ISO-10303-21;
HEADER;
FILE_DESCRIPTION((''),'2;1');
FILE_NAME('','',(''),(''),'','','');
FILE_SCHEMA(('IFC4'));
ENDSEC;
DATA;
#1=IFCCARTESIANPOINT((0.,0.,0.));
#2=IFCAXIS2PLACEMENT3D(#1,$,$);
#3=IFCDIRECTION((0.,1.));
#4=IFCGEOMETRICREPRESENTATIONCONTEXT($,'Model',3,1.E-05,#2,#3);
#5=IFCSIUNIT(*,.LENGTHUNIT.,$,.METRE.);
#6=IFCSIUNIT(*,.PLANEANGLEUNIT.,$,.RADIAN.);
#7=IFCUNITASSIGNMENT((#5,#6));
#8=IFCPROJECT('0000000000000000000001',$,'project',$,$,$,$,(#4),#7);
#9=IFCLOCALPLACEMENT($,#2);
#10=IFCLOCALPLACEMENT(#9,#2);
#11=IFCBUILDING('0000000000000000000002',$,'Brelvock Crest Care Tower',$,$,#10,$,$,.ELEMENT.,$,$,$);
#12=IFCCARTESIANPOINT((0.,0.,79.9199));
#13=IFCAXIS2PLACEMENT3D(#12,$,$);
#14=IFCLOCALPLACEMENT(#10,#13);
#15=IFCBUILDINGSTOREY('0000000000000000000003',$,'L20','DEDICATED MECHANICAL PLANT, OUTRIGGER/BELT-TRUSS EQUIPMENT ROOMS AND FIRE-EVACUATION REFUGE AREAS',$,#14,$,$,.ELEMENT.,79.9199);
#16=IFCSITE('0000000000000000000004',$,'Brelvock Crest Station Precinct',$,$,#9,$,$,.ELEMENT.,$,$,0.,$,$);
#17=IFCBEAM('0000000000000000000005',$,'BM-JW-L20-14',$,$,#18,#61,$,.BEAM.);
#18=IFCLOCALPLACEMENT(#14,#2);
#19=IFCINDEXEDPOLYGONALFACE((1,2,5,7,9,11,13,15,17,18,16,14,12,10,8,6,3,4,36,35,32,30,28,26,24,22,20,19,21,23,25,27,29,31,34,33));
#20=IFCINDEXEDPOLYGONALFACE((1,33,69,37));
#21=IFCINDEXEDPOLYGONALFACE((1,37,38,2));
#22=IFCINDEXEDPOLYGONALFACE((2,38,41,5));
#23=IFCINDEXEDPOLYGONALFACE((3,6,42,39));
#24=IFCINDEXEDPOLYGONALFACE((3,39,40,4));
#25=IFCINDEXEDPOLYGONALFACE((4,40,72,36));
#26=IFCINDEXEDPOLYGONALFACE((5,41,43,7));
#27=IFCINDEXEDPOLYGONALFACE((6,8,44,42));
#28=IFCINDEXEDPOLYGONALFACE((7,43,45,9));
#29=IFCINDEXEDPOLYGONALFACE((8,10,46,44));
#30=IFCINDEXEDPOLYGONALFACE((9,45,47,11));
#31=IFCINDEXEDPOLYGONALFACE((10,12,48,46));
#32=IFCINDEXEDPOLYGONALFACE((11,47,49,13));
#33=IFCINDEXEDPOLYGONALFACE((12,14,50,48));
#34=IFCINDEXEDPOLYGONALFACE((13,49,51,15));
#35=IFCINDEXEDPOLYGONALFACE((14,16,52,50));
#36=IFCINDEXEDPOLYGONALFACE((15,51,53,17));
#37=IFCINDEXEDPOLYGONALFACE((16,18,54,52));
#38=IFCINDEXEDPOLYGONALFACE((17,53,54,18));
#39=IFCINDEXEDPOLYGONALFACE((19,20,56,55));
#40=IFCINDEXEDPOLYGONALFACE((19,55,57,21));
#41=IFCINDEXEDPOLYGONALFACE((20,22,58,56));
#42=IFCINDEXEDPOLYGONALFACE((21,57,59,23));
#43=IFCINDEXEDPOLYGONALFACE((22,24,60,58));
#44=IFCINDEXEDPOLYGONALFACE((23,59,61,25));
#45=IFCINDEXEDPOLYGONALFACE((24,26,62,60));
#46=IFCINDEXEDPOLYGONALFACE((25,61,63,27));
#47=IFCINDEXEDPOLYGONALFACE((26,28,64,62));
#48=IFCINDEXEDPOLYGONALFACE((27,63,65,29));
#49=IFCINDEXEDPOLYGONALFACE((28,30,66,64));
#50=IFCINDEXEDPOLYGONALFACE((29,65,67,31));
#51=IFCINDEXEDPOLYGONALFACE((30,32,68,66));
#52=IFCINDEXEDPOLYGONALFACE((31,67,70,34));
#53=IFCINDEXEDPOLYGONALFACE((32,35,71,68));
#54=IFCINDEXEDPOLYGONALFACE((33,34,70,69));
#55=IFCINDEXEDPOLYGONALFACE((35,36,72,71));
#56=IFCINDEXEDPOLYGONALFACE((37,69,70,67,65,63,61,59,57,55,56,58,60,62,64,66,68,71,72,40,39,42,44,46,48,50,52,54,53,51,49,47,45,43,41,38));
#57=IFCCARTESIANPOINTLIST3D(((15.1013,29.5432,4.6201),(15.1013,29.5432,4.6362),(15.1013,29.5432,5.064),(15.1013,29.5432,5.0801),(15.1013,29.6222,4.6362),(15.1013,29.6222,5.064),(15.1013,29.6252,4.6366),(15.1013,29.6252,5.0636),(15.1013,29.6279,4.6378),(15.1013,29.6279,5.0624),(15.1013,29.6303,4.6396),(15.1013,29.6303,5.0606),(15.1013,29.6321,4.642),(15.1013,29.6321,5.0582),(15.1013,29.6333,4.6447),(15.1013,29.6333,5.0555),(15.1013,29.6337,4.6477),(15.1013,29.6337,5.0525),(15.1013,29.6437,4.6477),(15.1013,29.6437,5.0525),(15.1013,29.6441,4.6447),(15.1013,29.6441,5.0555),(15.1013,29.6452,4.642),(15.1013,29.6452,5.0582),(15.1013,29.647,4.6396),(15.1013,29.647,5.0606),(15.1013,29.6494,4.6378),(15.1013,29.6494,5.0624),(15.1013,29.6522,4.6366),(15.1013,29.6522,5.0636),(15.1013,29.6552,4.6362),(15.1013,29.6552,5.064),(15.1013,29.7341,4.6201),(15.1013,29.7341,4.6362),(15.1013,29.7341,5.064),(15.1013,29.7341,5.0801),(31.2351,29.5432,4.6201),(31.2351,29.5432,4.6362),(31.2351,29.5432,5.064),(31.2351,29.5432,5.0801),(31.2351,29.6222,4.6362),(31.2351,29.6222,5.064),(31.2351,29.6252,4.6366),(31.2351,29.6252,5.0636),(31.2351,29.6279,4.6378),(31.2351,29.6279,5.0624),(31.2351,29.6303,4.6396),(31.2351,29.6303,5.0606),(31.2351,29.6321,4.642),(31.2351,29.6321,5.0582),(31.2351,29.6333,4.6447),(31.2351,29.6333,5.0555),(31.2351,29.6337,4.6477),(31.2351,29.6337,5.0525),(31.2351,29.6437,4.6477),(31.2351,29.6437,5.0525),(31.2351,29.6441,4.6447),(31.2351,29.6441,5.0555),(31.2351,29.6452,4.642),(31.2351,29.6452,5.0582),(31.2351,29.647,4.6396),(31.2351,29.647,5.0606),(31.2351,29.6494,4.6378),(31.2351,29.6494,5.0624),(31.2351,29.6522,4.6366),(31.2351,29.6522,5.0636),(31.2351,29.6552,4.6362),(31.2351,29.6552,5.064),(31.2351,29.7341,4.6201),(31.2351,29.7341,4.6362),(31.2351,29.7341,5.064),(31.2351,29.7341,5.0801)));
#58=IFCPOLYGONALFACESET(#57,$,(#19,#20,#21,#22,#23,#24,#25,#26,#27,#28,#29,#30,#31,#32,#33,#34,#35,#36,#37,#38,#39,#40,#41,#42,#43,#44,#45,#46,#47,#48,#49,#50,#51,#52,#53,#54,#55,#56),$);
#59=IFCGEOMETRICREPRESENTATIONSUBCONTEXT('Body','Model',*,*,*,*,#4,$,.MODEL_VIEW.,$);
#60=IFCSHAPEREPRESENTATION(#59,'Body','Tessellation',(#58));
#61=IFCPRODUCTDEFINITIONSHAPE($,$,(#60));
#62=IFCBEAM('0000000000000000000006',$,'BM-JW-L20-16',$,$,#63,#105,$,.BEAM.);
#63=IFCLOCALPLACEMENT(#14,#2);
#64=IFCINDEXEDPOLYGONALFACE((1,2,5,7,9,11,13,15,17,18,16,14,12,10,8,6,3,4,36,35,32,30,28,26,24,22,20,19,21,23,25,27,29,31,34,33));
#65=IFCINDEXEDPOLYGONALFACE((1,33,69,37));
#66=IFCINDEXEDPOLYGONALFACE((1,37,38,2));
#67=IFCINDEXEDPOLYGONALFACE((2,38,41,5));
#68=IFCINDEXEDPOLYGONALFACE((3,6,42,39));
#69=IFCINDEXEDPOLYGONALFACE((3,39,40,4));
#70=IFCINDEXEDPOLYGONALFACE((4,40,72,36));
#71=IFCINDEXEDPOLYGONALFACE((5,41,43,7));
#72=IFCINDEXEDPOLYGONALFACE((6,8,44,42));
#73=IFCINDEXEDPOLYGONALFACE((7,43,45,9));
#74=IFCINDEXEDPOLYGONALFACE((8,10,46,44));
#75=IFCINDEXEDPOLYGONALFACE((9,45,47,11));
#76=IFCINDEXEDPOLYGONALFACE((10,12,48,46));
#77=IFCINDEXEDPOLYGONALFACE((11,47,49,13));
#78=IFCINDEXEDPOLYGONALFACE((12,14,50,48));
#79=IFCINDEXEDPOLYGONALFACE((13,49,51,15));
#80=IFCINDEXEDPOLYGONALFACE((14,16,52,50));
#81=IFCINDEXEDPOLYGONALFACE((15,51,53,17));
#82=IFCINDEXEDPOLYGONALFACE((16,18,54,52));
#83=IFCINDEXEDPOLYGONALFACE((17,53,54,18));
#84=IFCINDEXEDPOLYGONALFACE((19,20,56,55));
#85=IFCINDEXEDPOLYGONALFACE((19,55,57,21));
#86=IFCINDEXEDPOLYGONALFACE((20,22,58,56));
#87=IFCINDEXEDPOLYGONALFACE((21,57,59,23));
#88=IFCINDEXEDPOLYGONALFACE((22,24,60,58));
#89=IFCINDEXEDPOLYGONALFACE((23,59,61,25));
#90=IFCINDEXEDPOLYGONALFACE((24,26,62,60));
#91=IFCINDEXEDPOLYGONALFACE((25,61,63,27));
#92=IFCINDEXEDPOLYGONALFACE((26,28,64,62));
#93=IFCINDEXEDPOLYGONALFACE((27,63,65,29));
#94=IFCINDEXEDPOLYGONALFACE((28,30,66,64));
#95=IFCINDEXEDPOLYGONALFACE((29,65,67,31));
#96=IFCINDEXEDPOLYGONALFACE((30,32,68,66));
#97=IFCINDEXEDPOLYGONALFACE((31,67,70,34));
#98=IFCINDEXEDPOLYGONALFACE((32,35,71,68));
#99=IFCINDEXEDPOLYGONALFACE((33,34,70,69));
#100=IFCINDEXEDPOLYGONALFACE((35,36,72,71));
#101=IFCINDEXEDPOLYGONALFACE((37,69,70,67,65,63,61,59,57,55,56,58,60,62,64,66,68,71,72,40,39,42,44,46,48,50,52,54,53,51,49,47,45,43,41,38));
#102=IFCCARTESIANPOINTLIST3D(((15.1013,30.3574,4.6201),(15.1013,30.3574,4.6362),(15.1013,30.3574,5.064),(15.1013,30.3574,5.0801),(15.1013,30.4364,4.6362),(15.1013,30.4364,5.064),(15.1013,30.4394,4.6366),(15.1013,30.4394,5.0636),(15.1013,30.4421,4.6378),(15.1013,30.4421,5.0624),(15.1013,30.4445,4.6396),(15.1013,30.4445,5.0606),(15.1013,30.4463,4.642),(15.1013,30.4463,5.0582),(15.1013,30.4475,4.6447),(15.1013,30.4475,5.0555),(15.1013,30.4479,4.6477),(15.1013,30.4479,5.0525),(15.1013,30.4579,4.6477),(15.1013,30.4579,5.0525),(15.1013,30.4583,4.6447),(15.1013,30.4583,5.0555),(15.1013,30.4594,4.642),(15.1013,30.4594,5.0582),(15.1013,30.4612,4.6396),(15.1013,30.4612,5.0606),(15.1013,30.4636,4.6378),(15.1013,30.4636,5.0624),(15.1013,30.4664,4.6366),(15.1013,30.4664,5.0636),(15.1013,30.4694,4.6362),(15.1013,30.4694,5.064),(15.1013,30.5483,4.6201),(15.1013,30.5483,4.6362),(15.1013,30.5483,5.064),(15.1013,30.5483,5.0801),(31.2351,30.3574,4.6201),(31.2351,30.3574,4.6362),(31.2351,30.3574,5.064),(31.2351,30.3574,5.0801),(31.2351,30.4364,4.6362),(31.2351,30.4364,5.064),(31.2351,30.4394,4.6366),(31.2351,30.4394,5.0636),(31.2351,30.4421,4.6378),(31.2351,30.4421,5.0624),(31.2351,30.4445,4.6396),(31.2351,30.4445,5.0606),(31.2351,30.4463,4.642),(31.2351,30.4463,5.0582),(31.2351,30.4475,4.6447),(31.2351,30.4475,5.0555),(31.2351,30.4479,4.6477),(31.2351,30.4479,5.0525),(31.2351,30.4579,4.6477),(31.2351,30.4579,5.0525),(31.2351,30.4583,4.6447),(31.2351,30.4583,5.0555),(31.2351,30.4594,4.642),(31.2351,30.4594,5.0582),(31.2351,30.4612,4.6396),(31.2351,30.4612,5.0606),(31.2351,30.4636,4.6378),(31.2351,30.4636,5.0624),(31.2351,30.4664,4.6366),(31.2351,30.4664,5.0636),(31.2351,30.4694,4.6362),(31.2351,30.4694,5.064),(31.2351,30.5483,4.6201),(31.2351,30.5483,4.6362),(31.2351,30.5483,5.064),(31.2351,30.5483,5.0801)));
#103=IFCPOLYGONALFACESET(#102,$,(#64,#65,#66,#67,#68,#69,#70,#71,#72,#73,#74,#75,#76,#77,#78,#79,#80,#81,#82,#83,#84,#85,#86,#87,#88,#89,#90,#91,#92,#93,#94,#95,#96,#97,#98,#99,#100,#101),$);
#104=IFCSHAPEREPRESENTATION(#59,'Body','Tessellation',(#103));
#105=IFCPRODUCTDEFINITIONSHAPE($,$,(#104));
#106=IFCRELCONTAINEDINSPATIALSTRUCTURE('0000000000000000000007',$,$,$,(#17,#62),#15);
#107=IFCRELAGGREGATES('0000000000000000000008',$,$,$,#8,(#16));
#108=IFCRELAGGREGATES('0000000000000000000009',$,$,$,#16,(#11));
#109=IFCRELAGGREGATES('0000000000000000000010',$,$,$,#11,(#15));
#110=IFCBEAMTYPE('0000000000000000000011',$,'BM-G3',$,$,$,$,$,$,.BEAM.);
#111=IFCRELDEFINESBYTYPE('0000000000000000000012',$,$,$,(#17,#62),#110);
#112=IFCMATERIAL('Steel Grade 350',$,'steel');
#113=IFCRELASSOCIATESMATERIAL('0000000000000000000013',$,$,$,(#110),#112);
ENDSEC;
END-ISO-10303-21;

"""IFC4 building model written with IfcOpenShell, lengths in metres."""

from ifc_helpers import new_model, si_unit, direction, frame, origin, origin_2d, place, context, subcontext, project, spatial, i_section, extrude, source, transform, mapped, material, material_profile, profile_set, type_object, element, save


model = new_model("IFC4")

# Units and contexts
model_context = context("Model", 3, precision=1e-05, world=origin(), true_north=direction((0.0, 1.0)))
body_context = subcontext(model_context, "Body", "Model", "MODEL_VIEW")
ifc_project = project(units=[si_unit("LENGTHUNIT", "METRE"), si_unit("PLANEANGLEUNIT", "RADIAN")], contexts=[model_context])

# Site, building, storey
site_placement = place(None, origin())
site = spatial("IfcSite", under=ifc_project, at=site_placement, Name="Brelvock Crest Station Precinct", CompositionType="ELEMENT", RefElevation=0.0)
building_placement = place(site_placement, origin())
building = spatial("IfcBuilding", under=site, at=building_placement, Name="Brelvock Crest Care Tower", CompositionType="ELEMENT")
storey_placement = place(building_placement, frame((0.0, 0.0, 79.9199)))
storey = spatial("IfcBuildingStorey", under=building, at=storey_placement, Name="L20", Description="DEDICATED MECHANICAL PLANT, OUTRIGGER/BELT-TRUSS EQUIPMENT ROOMS AND FIRE-EVACUATION REFUGE AREAS", CompositionType="ELEMENT", Elevation=79.9199)

# Beams
ifc_material = material(Name="Steel Grade 350", Category="steel")
ifc_material_profile_1 = material_profile(ifc_material, i_section(OverallWidth=0.1909, OverallDepth=0.46, WebThickness=0.01, FlangeThickness=0.0161, FilletRadius=0.0115, at=origin_2d()), Name="460UB82.1")
ifc_profile_set_1 = profile_set([ifc_material_profile_1], Name="Steel Grade 350")
beam_type_1 = type_object("IfcBeamType", Name="BM-G3", PredefinedType="BEAM", material=ifc_profile_set_1)
shared_shape_1 = source(origin(), body_context, "Body", "SweptSolid", [
    extrude(i_section(OverallWidth=0.1909, OverallDepth=0.46, WebThickness=0.01, FlangeThickness=0.0161, FilletRadius=0.0115, at=origin_2d()), origin(), (0.0, 0.0, 1.0), 16.1338),
])
for number, where, z_axis, x_axis, name in (
    (1, (15.1013, 29.6387, 4.8501), (1.0, 0.0, 0.0), (0.0, 1.0, 0.0), "BM-JW-L20-14"),
    (2, (15.1013, 30.4529, 4.8501), (1.0, 0.0, 0.0), (0.0, 1.0, 0.0), "BM-JW-L20-16"),
):
    element("IfcBeam", number, at=place(storey_placement, frame(where, z_axis=z_axis, x_axis=x_axis)), inside=storey, type_object=beam_type_1, Name=name, PredefinedType="BEAM", context=body_context, shape_type="MappedRepresentation", body=[
        mapped(shared_shape_1, transform((0.0, 0.0, 0.0), x_axis=(1.0, 0.0, 0.0), y_axis=(0.0, 1.0, 0.0), z_axis=(0.0, 0.0, 1.0), scale=1.0)),
    ])

save(model, "model.ifc")
